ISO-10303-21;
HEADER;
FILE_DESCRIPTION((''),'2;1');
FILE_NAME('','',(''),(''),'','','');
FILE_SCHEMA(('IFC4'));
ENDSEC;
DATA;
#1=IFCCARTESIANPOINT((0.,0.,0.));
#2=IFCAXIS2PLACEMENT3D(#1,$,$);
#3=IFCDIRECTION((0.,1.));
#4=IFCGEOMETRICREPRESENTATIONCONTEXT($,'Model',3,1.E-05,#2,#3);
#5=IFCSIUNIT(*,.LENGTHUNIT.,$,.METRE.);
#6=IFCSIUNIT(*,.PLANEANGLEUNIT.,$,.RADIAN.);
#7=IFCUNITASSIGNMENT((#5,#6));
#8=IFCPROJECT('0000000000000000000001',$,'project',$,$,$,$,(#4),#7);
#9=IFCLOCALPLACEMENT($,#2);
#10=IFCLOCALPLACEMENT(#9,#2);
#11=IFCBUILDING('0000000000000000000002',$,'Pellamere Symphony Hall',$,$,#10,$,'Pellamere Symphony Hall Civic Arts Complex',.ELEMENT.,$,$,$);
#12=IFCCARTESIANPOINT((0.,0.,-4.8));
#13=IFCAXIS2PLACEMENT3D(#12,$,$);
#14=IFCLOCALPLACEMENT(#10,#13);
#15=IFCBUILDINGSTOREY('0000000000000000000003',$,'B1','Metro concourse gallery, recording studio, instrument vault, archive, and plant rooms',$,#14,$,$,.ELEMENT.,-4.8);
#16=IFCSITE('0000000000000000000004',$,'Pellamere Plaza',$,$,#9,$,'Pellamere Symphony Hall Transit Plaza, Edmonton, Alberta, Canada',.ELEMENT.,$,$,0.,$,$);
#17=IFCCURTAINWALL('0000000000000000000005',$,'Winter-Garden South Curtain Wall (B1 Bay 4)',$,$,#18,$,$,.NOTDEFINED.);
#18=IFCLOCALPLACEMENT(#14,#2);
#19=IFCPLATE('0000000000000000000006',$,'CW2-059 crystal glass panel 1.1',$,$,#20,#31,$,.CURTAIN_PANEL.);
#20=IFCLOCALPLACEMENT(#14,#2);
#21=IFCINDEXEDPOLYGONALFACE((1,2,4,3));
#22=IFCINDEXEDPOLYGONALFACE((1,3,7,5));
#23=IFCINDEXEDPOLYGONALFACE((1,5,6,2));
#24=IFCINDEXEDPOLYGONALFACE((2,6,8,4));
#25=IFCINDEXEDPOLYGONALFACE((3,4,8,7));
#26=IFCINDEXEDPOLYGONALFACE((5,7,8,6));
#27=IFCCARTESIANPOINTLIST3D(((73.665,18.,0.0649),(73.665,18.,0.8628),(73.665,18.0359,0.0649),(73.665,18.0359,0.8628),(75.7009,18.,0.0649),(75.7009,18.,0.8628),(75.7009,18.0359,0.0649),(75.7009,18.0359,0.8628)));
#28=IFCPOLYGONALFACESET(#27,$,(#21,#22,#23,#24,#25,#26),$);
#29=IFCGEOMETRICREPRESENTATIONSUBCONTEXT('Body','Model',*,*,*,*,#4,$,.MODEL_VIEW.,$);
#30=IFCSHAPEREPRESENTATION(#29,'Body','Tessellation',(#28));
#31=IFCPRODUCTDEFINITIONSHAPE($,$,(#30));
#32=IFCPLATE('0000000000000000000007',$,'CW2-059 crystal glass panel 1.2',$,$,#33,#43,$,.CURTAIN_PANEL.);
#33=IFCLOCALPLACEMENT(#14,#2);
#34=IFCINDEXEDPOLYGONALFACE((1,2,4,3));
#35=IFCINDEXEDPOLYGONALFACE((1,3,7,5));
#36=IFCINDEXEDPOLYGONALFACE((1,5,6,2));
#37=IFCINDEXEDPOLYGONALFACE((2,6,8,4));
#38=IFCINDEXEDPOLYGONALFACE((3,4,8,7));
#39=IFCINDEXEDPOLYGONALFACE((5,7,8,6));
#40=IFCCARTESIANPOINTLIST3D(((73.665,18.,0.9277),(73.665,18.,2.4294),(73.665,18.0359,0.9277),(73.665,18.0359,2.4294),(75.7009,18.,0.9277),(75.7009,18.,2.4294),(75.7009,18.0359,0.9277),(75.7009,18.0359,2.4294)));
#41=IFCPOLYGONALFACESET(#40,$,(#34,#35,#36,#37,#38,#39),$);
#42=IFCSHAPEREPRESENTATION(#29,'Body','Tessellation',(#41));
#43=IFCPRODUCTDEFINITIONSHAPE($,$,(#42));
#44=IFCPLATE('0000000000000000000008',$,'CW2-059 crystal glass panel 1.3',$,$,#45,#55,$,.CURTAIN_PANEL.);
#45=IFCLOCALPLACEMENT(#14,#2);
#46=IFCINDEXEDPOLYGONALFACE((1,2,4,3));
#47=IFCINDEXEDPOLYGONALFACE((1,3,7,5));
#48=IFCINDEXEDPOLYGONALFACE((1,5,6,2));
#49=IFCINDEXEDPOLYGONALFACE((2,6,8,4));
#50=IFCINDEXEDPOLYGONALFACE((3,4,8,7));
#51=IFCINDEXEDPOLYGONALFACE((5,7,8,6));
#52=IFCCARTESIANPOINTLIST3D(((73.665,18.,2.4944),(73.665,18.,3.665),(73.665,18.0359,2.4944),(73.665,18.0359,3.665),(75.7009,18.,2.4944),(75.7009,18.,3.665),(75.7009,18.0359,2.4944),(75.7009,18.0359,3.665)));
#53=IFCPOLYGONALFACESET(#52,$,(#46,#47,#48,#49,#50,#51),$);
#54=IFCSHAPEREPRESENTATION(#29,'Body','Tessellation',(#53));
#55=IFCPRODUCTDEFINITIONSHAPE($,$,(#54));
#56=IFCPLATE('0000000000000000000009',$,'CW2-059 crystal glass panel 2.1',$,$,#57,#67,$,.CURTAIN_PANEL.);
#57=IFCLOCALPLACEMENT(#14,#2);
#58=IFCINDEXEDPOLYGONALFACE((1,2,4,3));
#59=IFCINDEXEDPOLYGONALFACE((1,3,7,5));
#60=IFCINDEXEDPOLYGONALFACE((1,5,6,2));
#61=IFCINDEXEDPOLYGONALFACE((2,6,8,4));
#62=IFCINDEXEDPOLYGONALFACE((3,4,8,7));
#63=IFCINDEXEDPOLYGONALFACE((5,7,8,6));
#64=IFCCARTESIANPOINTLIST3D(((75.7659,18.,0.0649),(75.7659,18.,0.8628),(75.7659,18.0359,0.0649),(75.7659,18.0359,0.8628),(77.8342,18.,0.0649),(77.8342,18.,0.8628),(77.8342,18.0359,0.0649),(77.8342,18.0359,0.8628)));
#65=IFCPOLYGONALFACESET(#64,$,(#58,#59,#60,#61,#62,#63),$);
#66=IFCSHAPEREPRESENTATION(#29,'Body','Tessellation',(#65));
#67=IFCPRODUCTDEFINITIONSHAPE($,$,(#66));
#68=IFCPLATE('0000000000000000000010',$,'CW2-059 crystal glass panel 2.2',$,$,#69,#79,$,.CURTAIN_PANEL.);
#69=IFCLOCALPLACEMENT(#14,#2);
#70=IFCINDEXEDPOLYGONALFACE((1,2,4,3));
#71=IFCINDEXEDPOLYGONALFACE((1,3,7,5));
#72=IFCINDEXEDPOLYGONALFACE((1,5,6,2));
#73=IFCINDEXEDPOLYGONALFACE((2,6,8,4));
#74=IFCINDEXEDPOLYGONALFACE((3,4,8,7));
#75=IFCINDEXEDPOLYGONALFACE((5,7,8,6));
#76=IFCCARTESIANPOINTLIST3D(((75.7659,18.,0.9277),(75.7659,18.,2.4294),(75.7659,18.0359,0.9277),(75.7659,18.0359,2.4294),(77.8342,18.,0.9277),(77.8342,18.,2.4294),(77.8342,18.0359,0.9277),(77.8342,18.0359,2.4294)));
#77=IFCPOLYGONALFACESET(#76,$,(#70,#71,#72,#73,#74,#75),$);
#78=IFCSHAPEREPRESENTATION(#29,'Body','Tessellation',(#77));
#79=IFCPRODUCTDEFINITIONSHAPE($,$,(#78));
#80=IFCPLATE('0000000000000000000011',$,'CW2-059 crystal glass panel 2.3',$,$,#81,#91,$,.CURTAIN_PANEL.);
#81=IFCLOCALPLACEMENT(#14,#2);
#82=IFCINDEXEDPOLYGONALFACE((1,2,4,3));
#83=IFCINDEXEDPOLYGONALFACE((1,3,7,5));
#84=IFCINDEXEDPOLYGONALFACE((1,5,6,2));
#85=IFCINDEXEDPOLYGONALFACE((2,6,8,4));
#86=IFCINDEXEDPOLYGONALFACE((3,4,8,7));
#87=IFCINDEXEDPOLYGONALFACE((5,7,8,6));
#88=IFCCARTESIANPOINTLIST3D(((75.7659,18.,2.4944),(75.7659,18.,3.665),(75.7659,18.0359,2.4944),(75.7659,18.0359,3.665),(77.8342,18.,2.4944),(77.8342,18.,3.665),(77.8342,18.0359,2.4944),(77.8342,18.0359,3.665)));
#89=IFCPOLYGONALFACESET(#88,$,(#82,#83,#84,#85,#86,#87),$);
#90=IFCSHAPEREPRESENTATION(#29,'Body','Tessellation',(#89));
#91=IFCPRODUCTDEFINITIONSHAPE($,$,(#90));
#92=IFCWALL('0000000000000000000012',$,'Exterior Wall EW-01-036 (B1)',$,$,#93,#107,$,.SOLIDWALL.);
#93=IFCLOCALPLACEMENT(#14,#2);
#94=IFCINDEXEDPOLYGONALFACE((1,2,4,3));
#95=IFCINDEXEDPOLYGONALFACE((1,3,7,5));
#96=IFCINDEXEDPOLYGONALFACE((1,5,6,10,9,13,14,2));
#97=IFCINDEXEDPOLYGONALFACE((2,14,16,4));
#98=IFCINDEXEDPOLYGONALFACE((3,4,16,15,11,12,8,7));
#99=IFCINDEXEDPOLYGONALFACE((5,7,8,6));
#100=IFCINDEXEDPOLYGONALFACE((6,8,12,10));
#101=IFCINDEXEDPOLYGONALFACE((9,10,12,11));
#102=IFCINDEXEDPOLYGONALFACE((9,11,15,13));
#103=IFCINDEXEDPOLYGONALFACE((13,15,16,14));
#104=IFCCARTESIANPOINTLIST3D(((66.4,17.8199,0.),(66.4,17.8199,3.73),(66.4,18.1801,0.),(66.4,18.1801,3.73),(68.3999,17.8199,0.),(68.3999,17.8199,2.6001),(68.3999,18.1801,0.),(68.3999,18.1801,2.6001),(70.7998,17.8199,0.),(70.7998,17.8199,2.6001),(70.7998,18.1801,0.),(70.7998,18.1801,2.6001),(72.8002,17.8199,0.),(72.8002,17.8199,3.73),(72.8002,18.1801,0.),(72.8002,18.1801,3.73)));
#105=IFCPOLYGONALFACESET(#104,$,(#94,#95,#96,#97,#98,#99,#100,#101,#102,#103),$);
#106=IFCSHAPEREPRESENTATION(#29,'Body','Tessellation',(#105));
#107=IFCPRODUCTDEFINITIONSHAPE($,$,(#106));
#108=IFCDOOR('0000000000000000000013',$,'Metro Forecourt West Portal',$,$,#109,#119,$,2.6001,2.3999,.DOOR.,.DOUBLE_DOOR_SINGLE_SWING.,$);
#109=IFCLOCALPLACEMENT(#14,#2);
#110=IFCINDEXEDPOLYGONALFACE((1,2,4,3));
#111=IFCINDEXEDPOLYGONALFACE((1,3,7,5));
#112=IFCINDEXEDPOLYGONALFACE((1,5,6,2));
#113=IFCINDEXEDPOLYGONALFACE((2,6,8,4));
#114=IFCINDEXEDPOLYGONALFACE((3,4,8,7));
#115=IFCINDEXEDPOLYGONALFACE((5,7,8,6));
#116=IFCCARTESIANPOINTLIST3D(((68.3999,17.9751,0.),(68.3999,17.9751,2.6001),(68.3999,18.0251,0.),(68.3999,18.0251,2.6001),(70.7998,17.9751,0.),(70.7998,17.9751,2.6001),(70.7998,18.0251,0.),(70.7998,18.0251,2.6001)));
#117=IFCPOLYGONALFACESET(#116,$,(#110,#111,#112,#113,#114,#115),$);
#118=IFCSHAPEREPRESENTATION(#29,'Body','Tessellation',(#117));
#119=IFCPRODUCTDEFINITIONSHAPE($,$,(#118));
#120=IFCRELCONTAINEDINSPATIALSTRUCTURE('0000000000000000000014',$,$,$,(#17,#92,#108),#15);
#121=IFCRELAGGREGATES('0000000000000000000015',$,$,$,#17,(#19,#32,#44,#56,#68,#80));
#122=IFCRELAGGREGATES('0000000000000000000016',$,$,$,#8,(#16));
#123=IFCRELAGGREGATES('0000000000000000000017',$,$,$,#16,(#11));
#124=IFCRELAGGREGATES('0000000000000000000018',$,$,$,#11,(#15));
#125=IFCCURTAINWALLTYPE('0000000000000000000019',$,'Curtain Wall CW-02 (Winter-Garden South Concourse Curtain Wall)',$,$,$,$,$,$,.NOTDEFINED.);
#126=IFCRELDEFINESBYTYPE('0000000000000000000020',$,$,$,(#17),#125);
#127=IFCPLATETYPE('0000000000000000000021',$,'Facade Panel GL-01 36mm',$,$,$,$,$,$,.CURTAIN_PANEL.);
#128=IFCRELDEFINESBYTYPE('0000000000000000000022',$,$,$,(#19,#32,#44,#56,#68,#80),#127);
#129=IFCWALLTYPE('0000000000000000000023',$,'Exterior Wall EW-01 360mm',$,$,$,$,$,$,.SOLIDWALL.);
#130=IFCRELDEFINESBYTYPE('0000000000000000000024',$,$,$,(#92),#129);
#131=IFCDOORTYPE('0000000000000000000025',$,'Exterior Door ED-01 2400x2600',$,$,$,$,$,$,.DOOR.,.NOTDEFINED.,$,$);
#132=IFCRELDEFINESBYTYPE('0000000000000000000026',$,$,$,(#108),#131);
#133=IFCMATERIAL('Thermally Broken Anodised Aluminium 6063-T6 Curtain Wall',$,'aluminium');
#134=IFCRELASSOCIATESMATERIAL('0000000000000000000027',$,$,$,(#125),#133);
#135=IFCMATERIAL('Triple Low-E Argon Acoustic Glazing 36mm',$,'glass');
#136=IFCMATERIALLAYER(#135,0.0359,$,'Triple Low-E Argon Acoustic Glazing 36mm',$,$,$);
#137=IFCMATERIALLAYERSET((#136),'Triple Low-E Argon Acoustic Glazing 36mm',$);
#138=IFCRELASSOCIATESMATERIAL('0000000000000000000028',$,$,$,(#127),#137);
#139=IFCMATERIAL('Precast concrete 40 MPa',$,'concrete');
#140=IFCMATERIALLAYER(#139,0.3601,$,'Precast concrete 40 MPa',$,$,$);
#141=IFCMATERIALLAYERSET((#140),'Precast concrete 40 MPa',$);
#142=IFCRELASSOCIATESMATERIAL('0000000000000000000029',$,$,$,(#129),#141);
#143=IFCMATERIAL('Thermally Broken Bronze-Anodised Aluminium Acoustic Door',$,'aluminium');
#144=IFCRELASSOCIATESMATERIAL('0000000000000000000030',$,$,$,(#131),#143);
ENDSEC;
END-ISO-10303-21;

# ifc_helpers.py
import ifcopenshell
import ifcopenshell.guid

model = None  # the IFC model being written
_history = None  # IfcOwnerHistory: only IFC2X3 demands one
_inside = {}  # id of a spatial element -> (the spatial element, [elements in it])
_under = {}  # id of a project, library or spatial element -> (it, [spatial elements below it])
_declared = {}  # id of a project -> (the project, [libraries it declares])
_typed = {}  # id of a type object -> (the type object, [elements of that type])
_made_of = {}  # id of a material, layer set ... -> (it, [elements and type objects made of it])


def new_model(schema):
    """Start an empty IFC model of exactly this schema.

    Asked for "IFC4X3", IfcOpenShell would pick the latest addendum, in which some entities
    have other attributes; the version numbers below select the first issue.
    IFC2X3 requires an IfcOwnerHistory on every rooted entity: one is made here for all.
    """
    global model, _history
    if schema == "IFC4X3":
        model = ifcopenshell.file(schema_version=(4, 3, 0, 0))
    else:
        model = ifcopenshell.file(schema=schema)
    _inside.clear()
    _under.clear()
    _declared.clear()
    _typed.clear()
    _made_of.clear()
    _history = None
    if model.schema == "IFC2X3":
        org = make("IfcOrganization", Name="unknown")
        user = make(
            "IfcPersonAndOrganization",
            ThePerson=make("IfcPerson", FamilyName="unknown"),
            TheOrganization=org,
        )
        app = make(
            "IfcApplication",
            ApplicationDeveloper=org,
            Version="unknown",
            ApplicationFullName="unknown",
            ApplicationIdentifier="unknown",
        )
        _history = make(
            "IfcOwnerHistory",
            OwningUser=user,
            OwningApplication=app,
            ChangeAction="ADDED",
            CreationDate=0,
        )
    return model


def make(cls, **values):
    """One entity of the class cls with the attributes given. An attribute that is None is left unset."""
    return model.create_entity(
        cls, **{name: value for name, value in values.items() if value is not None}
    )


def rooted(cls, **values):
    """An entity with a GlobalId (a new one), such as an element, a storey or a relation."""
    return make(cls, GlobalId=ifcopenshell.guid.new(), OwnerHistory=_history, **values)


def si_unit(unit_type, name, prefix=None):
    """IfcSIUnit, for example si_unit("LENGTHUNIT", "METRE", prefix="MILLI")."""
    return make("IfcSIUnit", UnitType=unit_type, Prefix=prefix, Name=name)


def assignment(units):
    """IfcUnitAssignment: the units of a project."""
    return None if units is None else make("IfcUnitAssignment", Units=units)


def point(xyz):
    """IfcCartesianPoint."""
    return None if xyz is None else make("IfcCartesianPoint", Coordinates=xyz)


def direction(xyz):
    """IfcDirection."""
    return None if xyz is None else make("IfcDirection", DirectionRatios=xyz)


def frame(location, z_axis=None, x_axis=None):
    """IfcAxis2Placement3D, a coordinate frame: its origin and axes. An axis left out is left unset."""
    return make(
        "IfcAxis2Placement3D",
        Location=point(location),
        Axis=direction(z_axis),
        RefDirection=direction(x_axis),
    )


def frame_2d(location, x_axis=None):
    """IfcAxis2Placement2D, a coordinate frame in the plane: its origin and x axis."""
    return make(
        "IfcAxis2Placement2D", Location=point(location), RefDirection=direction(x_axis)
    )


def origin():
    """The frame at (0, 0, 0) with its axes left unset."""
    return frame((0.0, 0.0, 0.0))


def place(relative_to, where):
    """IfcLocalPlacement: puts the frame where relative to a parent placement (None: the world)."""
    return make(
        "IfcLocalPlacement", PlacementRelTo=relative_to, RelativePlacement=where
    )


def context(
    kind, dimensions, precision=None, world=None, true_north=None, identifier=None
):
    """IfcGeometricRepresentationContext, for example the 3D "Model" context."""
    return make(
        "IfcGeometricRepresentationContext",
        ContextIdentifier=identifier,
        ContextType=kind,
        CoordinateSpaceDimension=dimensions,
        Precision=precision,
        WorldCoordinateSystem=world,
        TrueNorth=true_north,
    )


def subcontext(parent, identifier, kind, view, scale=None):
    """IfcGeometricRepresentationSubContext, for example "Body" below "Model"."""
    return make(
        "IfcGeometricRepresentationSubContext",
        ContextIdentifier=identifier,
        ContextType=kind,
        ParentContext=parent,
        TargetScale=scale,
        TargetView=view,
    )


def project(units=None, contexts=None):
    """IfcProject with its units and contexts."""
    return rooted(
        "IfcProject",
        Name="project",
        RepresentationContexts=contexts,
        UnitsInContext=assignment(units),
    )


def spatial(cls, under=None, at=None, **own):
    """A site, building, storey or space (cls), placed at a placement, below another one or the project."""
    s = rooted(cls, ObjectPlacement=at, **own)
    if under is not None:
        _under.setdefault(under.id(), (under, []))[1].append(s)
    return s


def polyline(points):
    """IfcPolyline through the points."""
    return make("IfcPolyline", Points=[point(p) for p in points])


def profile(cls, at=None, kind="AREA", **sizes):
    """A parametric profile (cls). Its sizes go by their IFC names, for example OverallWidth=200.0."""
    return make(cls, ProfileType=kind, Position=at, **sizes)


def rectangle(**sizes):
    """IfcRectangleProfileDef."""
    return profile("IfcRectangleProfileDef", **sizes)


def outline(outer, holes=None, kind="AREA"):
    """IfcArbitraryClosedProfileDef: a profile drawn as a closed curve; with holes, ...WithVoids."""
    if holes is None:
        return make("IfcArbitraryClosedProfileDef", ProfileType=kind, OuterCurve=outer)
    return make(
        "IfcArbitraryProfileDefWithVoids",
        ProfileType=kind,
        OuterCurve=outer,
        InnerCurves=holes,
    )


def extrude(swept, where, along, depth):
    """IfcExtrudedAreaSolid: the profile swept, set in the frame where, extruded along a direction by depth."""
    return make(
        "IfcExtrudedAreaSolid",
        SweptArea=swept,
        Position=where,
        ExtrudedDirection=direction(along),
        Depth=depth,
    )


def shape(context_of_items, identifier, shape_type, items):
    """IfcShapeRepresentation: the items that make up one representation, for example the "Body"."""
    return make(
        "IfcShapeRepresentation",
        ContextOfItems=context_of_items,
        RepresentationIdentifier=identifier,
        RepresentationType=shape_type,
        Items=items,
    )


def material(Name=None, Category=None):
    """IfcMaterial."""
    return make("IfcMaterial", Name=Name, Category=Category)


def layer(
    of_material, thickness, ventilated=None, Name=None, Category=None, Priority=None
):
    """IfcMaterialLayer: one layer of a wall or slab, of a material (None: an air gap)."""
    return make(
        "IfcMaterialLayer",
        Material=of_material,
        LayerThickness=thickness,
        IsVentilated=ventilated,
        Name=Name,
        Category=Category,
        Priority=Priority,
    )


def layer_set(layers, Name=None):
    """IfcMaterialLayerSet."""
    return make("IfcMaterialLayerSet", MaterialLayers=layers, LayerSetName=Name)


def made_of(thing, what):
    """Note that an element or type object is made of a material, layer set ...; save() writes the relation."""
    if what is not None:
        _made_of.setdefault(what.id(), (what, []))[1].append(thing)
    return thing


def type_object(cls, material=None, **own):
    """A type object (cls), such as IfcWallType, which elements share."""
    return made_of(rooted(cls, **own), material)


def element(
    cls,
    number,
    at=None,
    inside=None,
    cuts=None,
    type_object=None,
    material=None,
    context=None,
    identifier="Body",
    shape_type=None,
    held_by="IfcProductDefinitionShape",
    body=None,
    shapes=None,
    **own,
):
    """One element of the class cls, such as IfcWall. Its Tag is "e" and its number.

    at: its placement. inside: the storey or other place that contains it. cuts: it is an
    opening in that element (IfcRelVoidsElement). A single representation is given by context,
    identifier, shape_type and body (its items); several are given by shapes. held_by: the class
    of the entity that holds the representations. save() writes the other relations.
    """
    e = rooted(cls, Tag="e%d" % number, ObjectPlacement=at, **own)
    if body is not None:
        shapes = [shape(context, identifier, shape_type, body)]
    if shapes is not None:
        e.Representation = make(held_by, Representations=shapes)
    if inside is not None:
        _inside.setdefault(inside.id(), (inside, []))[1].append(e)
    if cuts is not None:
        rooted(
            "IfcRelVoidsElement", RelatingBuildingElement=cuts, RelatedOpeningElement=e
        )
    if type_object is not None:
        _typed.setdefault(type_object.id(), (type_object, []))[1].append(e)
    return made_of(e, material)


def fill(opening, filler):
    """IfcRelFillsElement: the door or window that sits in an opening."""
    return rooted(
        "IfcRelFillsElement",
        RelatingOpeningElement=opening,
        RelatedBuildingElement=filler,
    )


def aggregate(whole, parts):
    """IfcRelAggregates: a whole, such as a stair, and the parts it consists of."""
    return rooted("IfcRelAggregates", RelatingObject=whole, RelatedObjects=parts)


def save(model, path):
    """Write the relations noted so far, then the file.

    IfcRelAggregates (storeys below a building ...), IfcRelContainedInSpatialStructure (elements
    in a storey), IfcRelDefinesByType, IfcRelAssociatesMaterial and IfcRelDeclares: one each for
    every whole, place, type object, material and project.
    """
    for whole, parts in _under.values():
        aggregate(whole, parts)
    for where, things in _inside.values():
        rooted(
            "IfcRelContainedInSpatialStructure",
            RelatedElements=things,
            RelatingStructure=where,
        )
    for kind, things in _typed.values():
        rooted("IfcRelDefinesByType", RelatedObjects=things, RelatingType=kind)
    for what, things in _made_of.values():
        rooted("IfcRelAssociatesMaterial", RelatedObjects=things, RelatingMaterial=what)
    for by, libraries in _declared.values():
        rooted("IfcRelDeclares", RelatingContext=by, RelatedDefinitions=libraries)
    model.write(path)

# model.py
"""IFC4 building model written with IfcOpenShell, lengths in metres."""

from ifc_helpers import new_model, si_unit, direction, frame, frame_2d, origin, place, context, subcontext, project, spatial, polyline, rectangle, outline, extrude, material, layer, layer_set, type_object, element, fill, aggregate, save


model = new_model("IFC4")

# Units and contexts
model_context = context("Model", 3, precision=1e-05, world=origin(), true_north=direction((0.0, 1.0)))
body_context = subcontext(model_context, "Body", "Model", "MODEL_VIEW")
ifc_project = project(units=[si_unit("LENGTHUNIT", "METRE"), si_unit("PLANEANGLEUNIT", "RADIAN")], contexts=[model_context])

# Site, building, storey
site_placement = place(None, origin())
site = spatial("IfcSite", under=ifc_project, at=site_placement, Name="Pellamere Plaza", LongName="Pellamere Symphony Hall Transit Plaza, Edmonton, Alberta, Canada", CompositionType="ELEMENT", RefElevation=0.0)
building_placement = place(site_placement, origin())
building = spatial("IfcBuilding", under=site, at=building_placement, Name="Pellamere Symphony Hall", LongName="Pellamere Symphony Hall Civic Arts Complex", CompositionType="ELEMENT")
storey_placement = place(building_placement, frame((0.0, 0.0, -4.8)))
storey = spatial("IfcBuildingStorey", under=building, at=storey_placement, Name="B1", Description="Metro concourse gallery, recording studio, instrument vault, archive, and plant rooms", CompositionType="ELEMENT", Elevation=-4.8)

# Shared definitions
ifc_material_1 = material(Name="Thermally Broken Anodised Aluminium 6063-T6 Curtain Wall", Category="aluminium")
curtain_wall_type = type_object("IfcCurtainWallType", Name="Curtain Wall CW-02 (Winter-Garden South Concourse Curtain Wall)", PredefinedType="NOTDEFINED", material=ifc_material_1)

# Curtain wall, plates
curtain_wall_1_placement = place(storey_placement, origin())
curtain_wall_1 = element("IfcCurtainWall", 1, at=curtain_wall_1_placement, inside=storey, type_object=curtain_wall_type, Name="Winter-Garden South Curtain Wall (B1 Bay 4)", PredefinedType="NOTDEFINED")
ifc_material_2 = material(Name="Triple Low-E Argon Acoustic Glazing 36mm", Category="glass")
ifc_layer_1 = layer(ifc_material_2, 0.0359, Name="Triple Low-E Argon Acoustic Glazing 36mm")
ifc_layer_set_1 = layer_set([ifc_layer_1], Name="Triple Low-E Argon Acoustic Glazing 36mm")
plate_type = type_object("IfcPlateType", Name="Facade Panel GL-01 36mm", PredefinedType="CURTAIN_PANEL", material=ifc_layer_set_1)
plate_1_placement = place(storey_placement, frame((73.665, 18.0, 0.0649), z_axis=(0.0, -1.0, 0.0), x_axis=(1.0, 0.0, 0.0)))
plate_1 = element("IfcPlate", 2, at=plate_1_placement, type_object=plate_type, Name="CW2-059 crystal glass panel 1.1", PredefinedType="CURTAIN_PANEL", context=body_context, shape_type="SweptSolid", body=[
    extrude(outline(polyline([(0.0, 0.0), (2.0359, 0.0), (2.0359, 0.7979), (0.0, 0.7979), (0.0, 0.0)])), origin(), (0.0, 0.0, -1.0), 0.0359),
])
plate_2_placement = place(storey_placement, frame((73.665, 18.0, 0.9277), z_axis=(0.0, -1.0, 0.0), x_axis=(1.0, 0.0, 0.0)))
plate_2 = element("IfcPlate", 3, at=plate_2_placement, type_object=plate_type, Name="CW2-059 crystal glass panel 1.2", PredefinedType="CURTAIN_PANEL", context=body_context, shape_type="SweptSolid", body=[
    extrude(outline(polyline([(0.0, 0.0), (2.0359, 0.0), (2.0359, 1.5017), (0.0, 1.5017), (0.0, 0.0)])), origin(), (0.0, 0.0, -1.0), 0.0359),
])
plate_3_placement = place(storey_placement, frame((73.665, 18.0, 2.4944), z_axis=(0.0, -1.0, 0.0), x_axis=(1.0, 0.0, 0.0)))
plate_3 = element("IfcPlate", 4, at=plate_3_placement, type_object=plate_type, Name="CW2-059 crystal glass panel 1.3", PredefinedType="CURTAIN_PANEL", context=body_context, shape_type="SweptSolid", body=[
    extrude(outline(polyline([(0.0, 0.0), (2.0359, 0.0), (2.0359, 1.1707), (0.0, 1.1707), (0.0, 0.0)])), origin(), (0.0, 0.0, -1.0), 0.0359),
])
plate_4_placement = place(storey_placement, frame((75.7659, 18.0, 0.0649), z_axis=(0.0, -1.0, 0.0), x_axis=(1.0, 0.0, 0.0)))
plate_4 = element("IfcPlate", 5, at=plate_4_placement, type_object=plate_type, Name="CW2-059 crystal glass panel 2.1", PredefinedType="CURTAIN_PANEL", context=body_context, shape_type="SweptSolid", body=[
    extrude(outline(polyline([(0.0, 0.0), (2.0684, 0.0), (2.0684, 0.7979), (0.0, 0.7979), (0.0, 0.0)])), origin(), (0.0, 0.0, -1.0), 0.0359),
])
plate_5_placement = place(storey_placement, frame((75.7659, 18.0, 0.9277), z_axis=(0.0, -1.0, 0.0), x_axis=(1.0, 0.0, 0.0)))
plate_5 = element("IfcPlate", 6, at=plate_5_placement, type_object=plate_type, Name="CW2-059 crystal glass panel 2.2", PredefinedType="CURTAIN_PANEL", context=body_context, shape_type="SweptSolid", body=[
    extrude(outline(polyline([(0.0, 0.0), (2.0684, 0.0), (2.0684, 1.5017), (0.0, 1.5017), (0.0, 0.0)])), origin(), (0.0, 0.0, -1.0), 0.0359),
])
plate_6_placement = place(storey_placement, frame((75.7659, 18.0, 2.4944), z_axis=(0.0, -1.0, 0.0), x_axis=(1.0, 0.0, 0.0)))
plate_6 = element("IfcPlate", 7, at=plate_6_placement, type_object=plate_type, Name="CW2-059 crystal glass panel 2.3", PredefinedType="CURTAIN_PANEL", context=body_context, shape_type="SweptSolid", body=[
    extrude(outline(polyline([(0.0, 0.0), (2.0684, 0.0), (2.0684, 1.1707), (0.0, 1.1707), (0.0, 0.0)])), origin(), (0.0, 0.0, -1.0), 0.0359),
])
aggregate(curtain_wall_1, [plate_1, plate_2, plate_3, plate_4, plate_5, plate_6])

# Wall, opening, door
ifc_material_3 = material(Name="Precast concrete 40 MPa", Category="concrete")
ifc_layer_2 = layer(ifc_material_3, 0.3601, Name="Precast concrete 40 MPa")
ifc_layer_set_2 = layer_set([ifc_layer_2], Name="Precast concrete 40 MPa")
wall_type = type_object("IfcWallType", Name="Exterior Wall EW-01 360mm", PredefinedType="SOLIDWALL", material=ifc_layer_set_2)
wall_placement = place(storey_placement, frame((66.3999, 18.0, 0.0), z_axis=(0.0, 0.0, 1.0), x_axis=(1.0, 0.0, 0.0)))
wall = element("IfcWall", 8, at=wall_placement, inside=storey, type_object=wall_type, Name="Exterior Wall EW-01-036 (B1)", PredefinedType="SOLIDWALL", context=body_context, shape_type="SweptSolid", body=[
    extrude(rectangle(XDim=6.4001, YDim=0.3601, at=frame_2d((3.2002, 0.0))), origin(), (0.0, 0.0, 1.0), 3.73),
])
opening_placement = place(wall_placement, frame((2.0, 0.0, 0.0)))
opening = element("IfcOpeningElement", 9, at=opening_placement, cuts=wall, PredefinedType="OPENING", context=body_context, shape_type="SweptSolid", body=[
    extrude(rectangle(XDim=2.3999, YDim=2.6001, at=frame_2d((1.2, 1.3))), frame((0.0, 0.1899, 0.0), z_axis=(0.0, -1.0, 0.0), x_axis=(1.0, 0.0, 0.0)), (0.0, 0.0, 1.0), 0.3801),
])
ifc_material_4 = material(Name="Thermally Broken Bronze-Anodised Aluminium Acoustic Door", Category="aluminium")
door_type = type_object("IfcDoorType", Name="Exterior Door ED-01 2400x2600", OperationType="NOTDEFINED", PredefinedType="DOOR", material=ifc_material_4)
door_placement = place(opening_placement, frame((2.3999, 0.0, 0.0), z_axis=(0.0, 0.0, 1.0), x_axis=(-1.0, 0.0, 0.0)))
door = element("IfcDoor", 10, at=door_placement, inside=storey, type_object=door_type, Name="Metro Forecourt West Portal", OperationType="DOUBLE_DOOR_SINGLE_SWING", OverallHeight=2.6001, OverallWidth=2.3999, PredefinedType="DOOR", context=body_context, shape_type="SweptSolid", body=[
    extrude(rectangle(XDim=2.3999, YDim=2.6001, at=frame_2d((1.2, 1.3))), frame((0.0, 0.0249, 0.0), z_axis=(0.0, -1.0, 0.0), x_axis=(1.0, 0.0, 0.0)), (0.0, 0.0, 1.0), 0.05),
])
fill(opening, door)

save(model, "model.ifc")
